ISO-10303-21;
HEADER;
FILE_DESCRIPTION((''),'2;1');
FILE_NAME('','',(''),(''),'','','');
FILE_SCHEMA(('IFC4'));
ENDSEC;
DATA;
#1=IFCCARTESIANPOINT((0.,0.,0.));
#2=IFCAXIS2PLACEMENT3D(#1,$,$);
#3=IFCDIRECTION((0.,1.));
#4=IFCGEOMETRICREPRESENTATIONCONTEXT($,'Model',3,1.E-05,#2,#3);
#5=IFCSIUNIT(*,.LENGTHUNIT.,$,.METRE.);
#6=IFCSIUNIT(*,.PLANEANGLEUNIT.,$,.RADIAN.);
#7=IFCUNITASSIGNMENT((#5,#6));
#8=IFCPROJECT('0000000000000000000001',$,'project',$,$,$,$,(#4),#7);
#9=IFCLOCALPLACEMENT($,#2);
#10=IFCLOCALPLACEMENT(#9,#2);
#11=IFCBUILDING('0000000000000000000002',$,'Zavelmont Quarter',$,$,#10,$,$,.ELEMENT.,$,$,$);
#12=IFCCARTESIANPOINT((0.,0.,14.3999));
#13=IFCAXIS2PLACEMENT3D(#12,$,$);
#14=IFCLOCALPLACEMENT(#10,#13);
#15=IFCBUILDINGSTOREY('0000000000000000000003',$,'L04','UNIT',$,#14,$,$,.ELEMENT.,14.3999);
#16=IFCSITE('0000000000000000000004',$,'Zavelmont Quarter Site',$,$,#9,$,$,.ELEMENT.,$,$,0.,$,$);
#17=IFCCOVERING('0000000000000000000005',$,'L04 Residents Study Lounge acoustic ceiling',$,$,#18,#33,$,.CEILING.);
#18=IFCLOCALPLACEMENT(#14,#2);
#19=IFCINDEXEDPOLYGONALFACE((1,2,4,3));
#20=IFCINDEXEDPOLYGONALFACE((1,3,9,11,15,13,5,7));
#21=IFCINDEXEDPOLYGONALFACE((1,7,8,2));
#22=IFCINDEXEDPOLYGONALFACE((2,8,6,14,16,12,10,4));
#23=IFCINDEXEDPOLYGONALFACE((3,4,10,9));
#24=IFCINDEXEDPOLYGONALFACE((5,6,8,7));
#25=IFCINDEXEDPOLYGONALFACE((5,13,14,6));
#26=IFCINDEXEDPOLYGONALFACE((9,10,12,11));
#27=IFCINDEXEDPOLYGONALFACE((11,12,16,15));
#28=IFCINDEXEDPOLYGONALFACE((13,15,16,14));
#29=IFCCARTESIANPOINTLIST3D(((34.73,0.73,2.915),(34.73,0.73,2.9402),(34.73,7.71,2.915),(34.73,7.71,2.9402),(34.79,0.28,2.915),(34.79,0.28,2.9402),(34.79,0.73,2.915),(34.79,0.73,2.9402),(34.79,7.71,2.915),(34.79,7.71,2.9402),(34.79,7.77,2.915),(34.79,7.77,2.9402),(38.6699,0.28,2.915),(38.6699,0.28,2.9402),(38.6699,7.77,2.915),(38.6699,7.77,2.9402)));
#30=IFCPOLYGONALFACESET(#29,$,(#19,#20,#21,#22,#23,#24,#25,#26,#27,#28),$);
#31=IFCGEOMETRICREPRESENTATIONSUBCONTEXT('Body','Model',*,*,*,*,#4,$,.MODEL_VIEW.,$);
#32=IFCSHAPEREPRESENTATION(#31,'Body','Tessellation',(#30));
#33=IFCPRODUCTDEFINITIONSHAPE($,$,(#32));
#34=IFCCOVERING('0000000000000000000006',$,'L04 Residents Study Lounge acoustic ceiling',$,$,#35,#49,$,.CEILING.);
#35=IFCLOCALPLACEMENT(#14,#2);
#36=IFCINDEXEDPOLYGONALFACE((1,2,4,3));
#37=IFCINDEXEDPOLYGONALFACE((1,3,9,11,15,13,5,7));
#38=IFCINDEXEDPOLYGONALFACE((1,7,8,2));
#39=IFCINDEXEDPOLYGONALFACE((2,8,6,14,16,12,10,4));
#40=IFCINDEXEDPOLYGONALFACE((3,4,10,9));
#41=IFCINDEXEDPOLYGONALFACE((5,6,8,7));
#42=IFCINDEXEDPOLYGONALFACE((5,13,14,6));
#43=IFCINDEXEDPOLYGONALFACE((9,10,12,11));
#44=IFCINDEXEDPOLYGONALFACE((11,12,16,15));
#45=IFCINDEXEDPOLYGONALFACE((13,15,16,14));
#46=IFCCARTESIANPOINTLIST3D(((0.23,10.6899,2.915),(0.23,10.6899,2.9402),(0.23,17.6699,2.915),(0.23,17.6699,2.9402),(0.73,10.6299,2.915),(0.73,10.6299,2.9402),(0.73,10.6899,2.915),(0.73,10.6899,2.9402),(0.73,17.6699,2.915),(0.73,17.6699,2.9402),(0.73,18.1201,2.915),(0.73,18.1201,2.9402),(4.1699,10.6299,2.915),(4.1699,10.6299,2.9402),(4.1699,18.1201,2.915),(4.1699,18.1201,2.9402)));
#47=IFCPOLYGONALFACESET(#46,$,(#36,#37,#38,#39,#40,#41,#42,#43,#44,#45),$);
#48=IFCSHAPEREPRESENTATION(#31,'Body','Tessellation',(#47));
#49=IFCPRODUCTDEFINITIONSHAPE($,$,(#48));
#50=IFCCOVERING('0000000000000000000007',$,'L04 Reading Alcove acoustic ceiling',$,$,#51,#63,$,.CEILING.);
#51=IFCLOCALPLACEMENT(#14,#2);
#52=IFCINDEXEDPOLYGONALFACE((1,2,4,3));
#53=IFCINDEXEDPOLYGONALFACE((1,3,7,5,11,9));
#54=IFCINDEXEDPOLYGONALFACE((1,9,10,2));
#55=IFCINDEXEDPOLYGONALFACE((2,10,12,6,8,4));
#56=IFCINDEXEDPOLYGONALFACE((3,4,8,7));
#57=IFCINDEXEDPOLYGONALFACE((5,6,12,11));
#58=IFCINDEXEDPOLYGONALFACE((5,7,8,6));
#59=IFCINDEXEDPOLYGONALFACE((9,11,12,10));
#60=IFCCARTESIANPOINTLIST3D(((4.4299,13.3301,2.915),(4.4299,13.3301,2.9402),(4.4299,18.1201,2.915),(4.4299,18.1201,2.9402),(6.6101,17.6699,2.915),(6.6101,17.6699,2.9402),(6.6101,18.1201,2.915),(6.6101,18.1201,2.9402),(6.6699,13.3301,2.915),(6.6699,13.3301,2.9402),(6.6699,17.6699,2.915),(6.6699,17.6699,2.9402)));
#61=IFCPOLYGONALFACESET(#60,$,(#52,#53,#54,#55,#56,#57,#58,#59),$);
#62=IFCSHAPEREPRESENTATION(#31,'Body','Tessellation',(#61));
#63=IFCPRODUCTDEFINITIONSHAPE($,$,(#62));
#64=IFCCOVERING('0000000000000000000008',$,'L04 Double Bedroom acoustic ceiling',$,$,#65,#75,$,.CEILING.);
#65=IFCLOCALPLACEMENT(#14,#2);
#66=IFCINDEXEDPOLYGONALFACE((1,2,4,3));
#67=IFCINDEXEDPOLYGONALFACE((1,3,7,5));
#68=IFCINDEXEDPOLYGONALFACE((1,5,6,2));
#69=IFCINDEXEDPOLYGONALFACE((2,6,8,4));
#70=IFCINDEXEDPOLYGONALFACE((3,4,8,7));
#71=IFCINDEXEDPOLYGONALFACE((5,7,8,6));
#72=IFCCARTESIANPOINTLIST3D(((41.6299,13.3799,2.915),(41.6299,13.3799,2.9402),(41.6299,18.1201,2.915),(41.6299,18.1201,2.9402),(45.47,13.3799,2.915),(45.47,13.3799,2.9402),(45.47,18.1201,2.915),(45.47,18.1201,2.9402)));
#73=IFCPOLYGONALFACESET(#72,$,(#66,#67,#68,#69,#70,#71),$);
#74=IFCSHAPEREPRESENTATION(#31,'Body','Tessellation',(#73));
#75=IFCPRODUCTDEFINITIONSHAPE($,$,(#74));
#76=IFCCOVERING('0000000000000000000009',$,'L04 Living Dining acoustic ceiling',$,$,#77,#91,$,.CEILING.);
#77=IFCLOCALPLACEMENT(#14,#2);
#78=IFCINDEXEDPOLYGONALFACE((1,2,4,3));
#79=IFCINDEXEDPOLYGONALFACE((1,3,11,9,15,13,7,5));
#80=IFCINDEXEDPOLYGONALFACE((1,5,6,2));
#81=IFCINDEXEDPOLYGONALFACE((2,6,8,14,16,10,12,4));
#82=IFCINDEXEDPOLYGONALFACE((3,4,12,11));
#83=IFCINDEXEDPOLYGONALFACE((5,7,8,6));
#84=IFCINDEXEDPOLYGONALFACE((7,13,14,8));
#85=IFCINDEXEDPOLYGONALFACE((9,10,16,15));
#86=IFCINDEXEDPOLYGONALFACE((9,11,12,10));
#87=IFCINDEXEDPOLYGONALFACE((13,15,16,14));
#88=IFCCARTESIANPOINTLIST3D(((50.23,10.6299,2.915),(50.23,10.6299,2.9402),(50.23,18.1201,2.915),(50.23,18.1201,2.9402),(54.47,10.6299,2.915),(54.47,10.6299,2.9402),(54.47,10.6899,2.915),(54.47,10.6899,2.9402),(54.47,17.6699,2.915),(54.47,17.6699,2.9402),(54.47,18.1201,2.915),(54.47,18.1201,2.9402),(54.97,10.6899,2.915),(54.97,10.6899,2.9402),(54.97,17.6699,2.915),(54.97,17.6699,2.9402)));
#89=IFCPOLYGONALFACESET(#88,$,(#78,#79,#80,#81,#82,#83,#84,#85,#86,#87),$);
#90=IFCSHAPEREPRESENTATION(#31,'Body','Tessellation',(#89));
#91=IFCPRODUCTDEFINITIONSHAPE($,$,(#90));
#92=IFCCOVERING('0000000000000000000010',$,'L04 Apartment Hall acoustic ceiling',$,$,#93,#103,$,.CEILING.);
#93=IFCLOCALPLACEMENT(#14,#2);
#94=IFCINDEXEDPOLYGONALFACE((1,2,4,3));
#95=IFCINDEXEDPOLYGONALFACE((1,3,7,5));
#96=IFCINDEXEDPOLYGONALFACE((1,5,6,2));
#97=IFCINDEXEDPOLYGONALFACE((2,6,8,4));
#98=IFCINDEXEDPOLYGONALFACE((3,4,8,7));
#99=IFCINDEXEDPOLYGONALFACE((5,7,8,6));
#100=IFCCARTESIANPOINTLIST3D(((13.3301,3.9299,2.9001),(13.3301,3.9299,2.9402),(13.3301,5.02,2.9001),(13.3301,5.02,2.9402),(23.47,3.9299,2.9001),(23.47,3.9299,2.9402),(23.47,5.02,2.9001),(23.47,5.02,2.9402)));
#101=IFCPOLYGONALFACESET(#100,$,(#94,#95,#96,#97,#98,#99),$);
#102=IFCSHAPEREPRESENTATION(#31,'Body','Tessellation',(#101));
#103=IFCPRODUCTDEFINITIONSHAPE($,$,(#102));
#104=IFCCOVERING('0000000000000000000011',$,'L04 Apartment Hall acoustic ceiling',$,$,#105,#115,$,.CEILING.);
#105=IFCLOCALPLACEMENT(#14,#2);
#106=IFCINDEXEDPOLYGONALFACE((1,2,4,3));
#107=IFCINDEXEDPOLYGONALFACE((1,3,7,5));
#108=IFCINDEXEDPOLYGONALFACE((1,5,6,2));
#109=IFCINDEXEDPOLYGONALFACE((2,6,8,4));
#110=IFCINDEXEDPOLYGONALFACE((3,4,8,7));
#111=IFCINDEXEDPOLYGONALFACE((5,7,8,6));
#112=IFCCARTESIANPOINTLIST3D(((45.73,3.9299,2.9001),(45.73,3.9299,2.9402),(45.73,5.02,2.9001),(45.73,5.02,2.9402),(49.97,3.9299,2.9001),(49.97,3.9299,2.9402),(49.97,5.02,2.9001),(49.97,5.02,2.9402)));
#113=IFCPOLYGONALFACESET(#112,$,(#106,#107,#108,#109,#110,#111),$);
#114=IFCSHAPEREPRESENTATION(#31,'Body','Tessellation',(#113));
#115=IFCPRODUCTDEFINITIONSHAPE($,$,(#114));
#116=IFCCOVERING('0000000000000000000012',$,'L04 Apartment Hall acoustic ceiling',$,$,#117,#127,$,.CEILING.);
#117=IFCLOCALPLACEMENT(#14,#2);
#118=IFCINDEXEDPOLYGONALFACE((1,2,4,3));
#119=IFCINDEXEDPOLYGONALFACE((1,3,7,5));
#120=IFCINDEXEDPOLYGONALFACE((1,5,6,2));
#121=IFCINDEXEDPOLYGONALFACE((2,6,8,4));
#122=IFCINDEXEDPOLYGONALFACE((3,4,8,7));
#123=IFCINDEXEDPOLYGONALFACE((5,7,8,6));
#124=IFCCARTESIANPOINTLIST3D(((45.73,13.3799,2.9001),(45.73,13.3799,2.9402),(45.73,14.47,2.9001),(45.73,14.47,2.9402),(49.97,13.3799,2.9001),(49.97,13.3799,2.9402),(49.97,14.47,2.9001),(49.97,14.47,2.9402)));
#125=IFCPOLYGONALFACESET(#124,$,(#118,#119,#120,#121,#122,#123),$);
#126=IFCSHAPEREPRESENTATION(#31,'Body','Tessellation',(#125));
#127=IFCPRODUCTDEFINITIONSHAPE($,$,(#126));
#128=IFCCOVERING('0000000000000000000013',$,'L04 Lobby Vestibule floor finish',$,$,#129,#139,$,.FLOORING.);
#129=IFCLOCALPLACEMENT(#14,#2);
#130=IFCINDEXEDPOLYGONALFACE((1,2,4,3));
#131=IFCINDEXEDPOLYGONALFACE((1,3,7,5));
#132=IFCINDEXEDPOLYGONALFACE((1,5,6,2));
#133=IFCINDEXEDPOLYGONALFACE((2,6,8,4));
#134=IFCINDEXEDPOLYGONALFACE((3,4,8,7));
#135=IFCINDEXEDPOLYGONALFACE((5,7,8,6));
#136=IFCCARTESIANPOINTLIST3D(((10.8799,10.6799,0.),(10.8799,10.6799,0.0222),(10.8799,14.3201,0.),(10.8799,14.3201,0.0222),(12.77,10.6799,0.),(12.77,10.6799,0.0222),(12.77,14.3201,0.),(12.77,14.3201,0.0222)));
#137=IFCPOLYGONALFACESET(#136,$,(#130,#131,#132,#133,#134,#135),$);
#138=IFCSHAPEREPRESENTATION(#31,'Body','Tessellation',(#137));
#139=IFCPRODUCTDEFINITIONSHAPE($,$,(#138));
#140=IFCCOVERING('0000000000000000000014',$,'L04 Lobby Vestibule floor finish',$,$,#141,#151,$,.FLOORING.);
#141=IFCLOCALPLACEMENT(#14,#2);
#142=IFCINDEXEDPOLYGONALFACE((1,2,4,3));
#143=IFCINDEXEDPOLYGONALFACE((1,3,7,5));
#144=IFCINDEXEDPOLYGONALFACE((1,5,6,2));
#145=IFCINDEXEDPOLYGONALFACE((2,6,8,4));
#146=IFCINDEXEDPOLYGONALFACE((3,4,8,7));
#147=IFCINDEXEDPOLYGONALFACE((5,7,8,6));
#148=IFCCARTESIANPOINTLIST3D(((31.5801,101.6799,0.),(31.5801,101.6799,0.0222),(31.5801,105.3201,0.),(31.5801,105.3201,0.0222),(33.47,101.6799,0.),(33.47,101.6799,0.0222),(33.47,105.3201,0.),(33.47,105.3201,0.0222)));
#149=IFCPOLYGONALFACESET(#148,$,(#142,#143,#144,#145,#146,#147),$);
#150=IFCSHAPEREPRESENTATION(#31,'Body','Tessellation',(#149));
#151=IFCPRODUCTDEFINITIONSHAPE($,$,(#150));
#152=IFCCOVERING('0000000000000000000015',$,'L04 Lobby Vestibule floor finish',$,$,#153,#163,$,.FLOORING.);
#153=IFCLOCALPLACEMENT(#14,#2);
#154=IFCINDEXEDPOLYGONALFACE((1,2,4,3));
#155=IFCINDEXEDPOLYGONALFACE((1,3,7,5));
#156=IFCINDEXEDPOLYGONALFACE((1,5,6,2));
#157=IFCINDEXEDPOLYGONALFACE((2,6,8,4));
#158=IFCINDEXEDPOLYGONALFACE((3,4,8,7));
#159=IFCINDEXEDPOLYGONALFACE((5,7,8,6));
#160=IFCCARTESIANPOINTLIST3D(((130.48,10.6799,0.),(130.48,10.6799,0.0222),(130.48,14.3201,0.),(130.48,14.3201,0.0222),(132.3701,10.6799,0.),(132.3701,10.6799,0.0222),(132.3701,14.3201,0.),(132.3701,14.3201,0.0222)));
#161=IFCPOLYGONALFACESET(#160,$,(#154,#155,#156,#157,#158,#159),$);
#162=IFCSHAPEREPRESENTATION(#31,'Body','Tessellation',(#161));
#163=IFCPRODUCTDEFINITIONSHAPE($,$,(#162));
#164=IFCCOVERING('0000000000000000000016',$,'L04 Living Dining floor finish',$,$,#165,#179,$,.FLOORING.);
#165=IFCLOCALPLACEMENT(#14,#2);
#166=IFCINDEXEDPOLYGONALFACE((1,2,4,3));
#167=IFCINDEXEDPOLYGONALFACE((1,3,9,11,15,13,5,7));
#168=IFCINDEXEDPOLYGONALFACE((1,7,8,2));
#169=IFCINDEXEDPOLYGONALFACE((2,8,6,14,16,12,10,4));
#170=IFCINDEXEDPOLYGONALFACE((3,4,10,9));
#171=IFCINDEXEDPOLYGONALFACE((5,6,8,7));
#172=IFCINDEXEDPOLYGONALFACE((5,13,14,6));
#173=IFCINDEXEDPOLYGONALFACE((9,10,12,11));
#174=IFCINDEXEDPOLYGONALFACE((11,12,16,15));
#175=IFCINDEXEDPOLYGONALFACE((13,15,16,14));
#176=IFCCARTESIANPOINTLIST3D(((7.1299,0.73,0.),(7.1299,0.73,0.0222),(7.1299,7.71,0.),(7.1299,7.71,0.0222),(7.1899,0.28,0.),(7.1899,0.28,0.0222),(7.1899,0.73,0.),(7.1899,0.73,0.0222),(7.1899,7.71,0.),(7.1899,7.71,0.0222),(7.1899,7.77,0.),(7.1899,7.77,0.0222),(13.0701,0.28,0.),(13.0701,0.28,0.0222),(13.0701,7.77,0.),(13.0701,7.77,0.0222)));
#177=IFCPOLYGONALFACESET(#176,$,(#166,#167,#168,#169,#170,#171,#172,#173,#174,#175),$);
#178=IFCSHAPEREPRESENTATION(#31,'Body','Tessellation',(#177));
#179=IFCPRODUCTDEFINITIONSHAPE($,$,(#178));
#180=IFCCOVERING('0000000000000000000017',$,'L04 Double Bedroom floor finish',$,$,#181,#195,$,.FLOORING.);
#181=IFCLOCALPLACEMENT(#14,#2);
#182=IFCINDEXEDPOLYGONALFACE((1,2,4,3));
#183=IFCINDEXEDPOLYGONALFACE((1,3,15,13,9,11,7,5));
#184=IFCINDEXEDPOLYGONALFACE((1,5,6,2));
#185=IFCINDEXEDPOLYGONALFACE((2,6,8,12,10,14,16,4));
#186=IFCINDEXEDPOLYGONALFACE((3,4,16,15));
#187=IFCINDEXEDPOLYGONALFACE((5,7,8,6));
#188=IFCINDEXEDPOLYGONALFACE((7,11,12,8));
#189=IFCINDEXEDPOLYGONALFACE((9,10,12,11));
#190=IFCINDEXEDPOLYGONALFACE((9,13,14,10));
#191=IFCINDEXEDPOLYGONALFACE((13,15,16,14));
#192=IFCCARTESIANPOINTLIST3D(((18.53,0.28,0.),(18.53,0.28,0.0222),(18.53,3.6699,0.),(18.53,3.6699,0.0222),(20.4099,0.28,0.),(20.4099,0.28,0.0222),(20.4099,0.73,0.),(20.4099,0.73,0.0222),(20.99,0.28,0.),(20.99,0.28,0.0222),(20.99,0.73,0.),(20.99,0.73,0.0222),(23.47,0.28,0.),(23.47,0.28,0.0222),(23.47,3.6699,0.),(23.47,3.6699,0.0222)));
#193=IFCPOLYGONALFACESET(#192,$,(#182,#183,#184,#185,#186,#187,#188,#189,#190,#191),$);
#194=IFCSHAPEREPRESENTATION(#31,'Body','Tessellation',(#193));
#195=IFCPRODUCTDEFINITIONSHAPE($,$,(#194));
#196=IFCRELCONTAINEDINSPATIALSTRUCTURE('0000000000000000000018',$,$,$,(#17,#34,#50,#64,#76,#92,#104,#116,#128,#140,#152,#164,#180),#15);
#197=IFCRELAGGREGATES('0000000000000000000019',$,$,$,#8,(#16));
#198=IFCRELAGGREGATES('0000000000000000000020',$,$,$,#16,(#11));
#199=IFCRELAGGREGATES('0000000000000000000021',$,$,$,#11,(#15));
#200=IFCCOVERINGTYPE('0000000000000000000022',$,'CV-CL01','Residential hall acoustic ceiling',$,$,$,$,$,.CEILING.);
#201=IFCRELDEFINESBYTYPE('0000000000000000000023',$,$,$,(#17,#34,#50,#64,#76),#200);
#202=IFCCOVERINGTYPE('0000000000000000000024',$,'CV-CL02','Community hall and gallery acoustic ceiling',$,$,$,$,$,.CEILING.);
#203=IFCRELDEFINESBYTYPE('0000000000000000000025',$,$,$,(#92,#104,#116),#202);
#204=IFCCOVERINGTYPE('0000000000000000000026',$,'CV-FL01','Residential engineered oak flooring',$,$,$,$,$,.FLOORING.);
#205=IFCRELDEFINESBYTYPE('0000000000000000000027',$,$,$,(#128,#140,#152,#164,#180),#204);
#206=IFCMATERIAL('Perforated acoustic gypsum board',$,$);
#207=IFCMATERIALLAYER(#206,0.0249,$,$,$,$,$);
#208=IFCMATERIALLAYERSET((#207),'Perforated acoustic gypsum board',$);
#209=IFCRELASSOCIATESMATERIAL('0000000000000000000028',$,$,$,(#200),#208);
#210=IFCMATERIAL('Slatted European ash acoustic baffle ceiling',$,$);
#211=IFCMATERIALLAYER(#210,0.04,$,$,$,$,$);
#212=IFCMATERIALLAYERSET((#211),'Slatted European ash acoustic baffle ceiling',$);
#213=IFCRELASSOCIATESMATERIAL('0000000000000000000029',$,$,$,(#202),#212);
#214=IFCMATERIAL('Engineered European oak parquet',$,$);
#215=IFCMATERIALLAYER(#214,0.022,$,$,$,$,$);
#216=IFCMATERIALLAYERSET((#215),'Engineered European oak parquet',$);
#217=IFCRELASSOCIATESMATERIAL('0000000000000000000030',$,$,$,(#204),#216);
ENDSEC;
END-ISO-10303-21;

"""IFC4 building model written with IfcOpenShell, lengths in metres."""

from ifc_helpers import new_model, si_unit, direction, frame, origin, place, context, subcontext, project, spatial, polyline, outline, extrude, material, layer, layer_set, type_object, element, save


model = new_model("IFC4")

# Units and contexts
model_context = context("Model", 3, precision=1e-05, world=origin(), true_north=direction((0.0, 1.0)))
body_context = subcontext(model_context, "Body", "Model", "MODEL_VIEW")
ifc_project = project(units=[si_unit("LENGTHUNIT", "METRE"), si_unit("PLANEANGLEUNIT", "RADIAN")], contexts=[model_context])

# Site, building, storey
site_placement = place(None, origin())
site = spatial("IfcSite", under=ifc_project, at=site_placement, Name="Zavelmont Quarter Site", CompositionType="ELEMENT", RefElevation=0.0)
building_placement = place(site_placement, origin())
building = spatial("IfcBuilding", under=site, at=building_placement, Name="Zavelmont Quarter", CompositionType="ELEMENT")
storey_placement = place(building_placement, frame((0.0, 0.0, 14.3999)))
storey = spatial("IfcBuildingStorey", under=building, at=storey_placement, Name="L04", Description="UNIT", CompositionType="ELEMENT", Elevation=14.3999)

# Coverings
ifc_material_1 = material(Name="Perforated acoustic gypsum board")
ifc_layer_1 = layer(ifc_material_1, 0.0249)
ifc_layer_set_1 = layer_set([ifc_layer_1], Name="Perforated acoustic gypsum board")
covering_type_1 = type_object("IfcCoveringType", Name="CV-CL01", Description="Residential hall acoustic ceiling", PredefinedType="CEILING", material=ifc_layer_set_1)
covering_1_placement = place(storey_placement, frame((0.0, 0.0, 2.915)))
element("IfcCovering", 1, at=covering_1_placement, inside=storey, type_object=covering_type_1, Name="L04 Residents Study Lounge acoustic ceiling", PredefinedType="CEILING", context=body_context, shape_type="SweptSolid", body=[
    extrude(outline(polyline([(34.73, 7.71), (34.79, 7.71), (34.79, 7.77), (38.6699, 7.77), (38.6699, 0.28), (34.79, 0.28), (34.79, 0.73), (34.73, 0.73), (34.73, 7.71)])), origin(), (0.0, 0.0, 1.0), 0.0251),
])
covering_2_placement = place(storey_placement, frame((0.0, 0.0, 2.915)))
element("IfcCovering", 2, at=covering_2_placement, inside=storey, type_object=covering_type_1, Name="L04 Residents Study Lounge acoustic ceiling", PredefinedType="CEILING", context=body_context, shape_type="SweptSolid", body=[
    extrude(outline(polyline([(0.23, 17.6699), (0.73, 17.6699), (0.73, 18.1201), (4.1699, 18.1201), (4.1699, 10.6299), (0.73, 10.6299), (0.73, 10.6899), (0.23, 10.6899), (0.23, 17.6699)])), origin(), (0.0, 0.0, 1.0), 0.0251),
])
covering_3_placement = place(storey_placement, frame((0.0, 0.0, 2.915)))
element("IfcCovering", 3, at=covering_3_placement, inside=storey, type_object=covering_type_1, Name="L04 Reading Alcove acoustic ceiling", PredefinedType="CEILING", context=body_context, shape_type="SweptSolid", body=[
    extrude(outline(polyline([(4.4299, 18.1201), (6.6101, 18.1201), (6.6101, 17.6699), (6.6699, 17.6699), (6.6699, 13.3301), (4.4299, 13.3301), (4.4299, 18.1201)])), origin(), (0.0, 0.0, 1.0), 0.0251),
])
covering_4_placement = place(storey_placement, frame((0.0, 0.0, 2.915)))
element("IfcCovering", 4, at=covering_4_placement, inside=storey, type_object=covering_type_1, Name="L04 Double Bedroom acoustic ceiling", PredefinedType="CEILING", context=body_context, shape_type="SweptSolid", body=[
    extrude(outline(polyline([(41.6299, 18.1201), (45.47, 18.1201), (45.47, 13.3799), (41.6299, 13.3799), (41.6299, 18.1201)])), origin(), (0.0, 0.0, 1.0), 0.0251),
])
covering_5_placement = place(storey_placement, frame((0.0, 0.0, 2.915)))
element("IfcCovering", 5, at=covering_5_placement, inside=storey, type_object=covering_type_1, Name="L04 Living Dining acoustic ceiling", PredefinedType="CEILING", context=body_context, shape_type="SweptSolid", body=[
    extrude(outline(polyline([(50.23, 18.1201), (54.47, 18.1201), (54.47, 17.6699), (54.97, 17.6699), (54.97, 10.6899), (54.47, 10.6899), (54.47, 10.6299), (50.23, 10.6299), (50.23, 18.1201)])), origin(), (0.0, 0.0, 1.0), 0.0251),
])
ifc_material_2 = material(Name="Slatted European ash acoustic baffle ceiling")
ifc_layer_2 = layer(ifc_material_2, 0.04)
ifc_layer_set_2 = layer_set([ifc_layer_2], Name="Slatted European ash acoustic baffle ceiling")
covering_type_2 = type_object("IfcCoveringType", Name="CV-CL02", Description="Community hall and gallery acoustic ceiling", PredefinedType="CEILING", material=ifc_layer_set_2)
covering_6_placement = place(storey_placement, frame((0.0, 0.0, 2.9001)))
element("IfcCovering", 6, at=covering_6_placement, inside=storey, type_object=covering_type_2, Name="L04 Apartment Hall acoustic ceiling", PredefinedType="CEILING", context=body_context, shape_type="SweptSolid", body=[
    extrude(outline(polyline([(13.3301, 5.02), (23.47, 5.02), (23.47, 3.9299), (13.3301, 3.9299), (13.3301, 5.02)])), origin(), (0.0, 0.0, 1.0), 0.04),
])
covering_7_placement = place(storey_placement, frame((0.0, 0.0, 2.9001)))
element("IfcCovering", 7, at=covering_7_placement, inside=storey, type_object=covering_type_2, Name="L04 Apartment Hall acoustic ceiling", PredefinedType="CEILING", context=body_context, shape_type="SweptSolid", body=[
    extrude(outline(polyline([(45.73, 5.02), (49.97, 5.02), (49.97, 3.9299), (45.73, 3.9299), (45.73, 5.02)])), origin(), (0.0, 0.0, 1.0), 0.04),
])
covering_8_placement = place(storey_placement, frame((0.0, 0.0, 2.9001)))
element("IfcCovering", 8, at=covering_8_placement, inside=storey, type_object=covering_type_2, Name="L04 Apartment Hall acoustic ceiling", PredefinedType="CEILING", context=body_context, shape_type="SweptSolid", body=[
    extrude(outline(polyline([(45.73, 14.47), (49.97, 14.47), (49.97, 13.3799), (45.73, 13.3799), (45.73, 14.47)])), origin(), (0.0, 0.0, 1.0), 0.04),
])
ifc_material_3 = material(Name="Engineered European oak parquet")
ifc_layer_3 = layer(ifc_material_3, 0.022)
ifc_layer_set_3 = layer_set([ifc_layer_3], Name="Engineered European oak parquet")
covering_type_3 = type_object("IfcCoveringType", Name="CV-FL01", Description="Residential engineered oak flooring", PredefinedType="FLOORING", material=ifc_layer_set_3)
covering_9_placement = place(storey_placement, origin())
element("IfcCovering", 9, at=covering_9_placement, inside=storey, type_object=covering_type_3, Name="L04 Lobby Vestibule floor finish", PredefinedType="FLOORING", context=body_context, shape_type="SweptSolid", body=[
    extrude(outline(polyline([(10.8799, 14.3201), (12.77, 14.3201), (12.77, 10.6799), (10.8799, 10.6799), (10.8799, 14.3201)])), origin(), (0.0, 0.0, 1.0), 0.0222),
])
covering_10_placement = place(storey_placement, origin())
element("IfcCovering", 10, at=covering_10_placement, inside=storey, type_object=covering_type_3, Name="L04 Lobby Vestibule floor finish", PredefinedType="FLOORING", context=body_context, shape_type="SweptSolid", body=[
    extrude(outline(polyline([(31.5801, 105.3201), (33.47, 105.3201), (33.47, 101.6799), (31.5801, 101.6799), (31.5801, 105.3201)])), origin(), (0.0, 0.0, 1.0), 0.0222),
])
covering_11_placement = place(storey_placement, origin())
element("IfcCovering", 11, at=covering_11_placement, inside=storey, type_object=covering_type_3, Name="L04 Lobby Vestibule floor finish", PredefinedType="FLOORING", context=body_context, shape_type="SweptSolid", body=[
    extrude(outline(polyline([(130.48, 14.3201), (132.3701, 14.3201), (132.3701, 10.6799), (130.48, 10.6799), (130.48, 14.3201)])), origin(), (0.0, 0.0, 1.0), 0.0222),
])
covering_12_placement = place(storey_placement, origin())
element("IfcCovering", 12, at=covering_12_placement, inside=storey, type_object=covering_type_3, Name="L04 Living Dining floor finish", PredefinedType="FLOORING", context=body_context, shape_type="SweptSolid", body=[
    extrude(outline(polyline([(7.1299, 7.71), (7.1899, 7.71), (7.1899, 7.77), (13.0701, 7.77), (13.0701, 0.28), (7.1899, 0.28), (7.1899, 0.73), (7.1299, 0.73), (7.1299, 7.71)])), origin(), (0.0, 0.0, 1.0), 0.0222),
])
covering_13_placement = place(storey_placement, origin())
element("IfcCovering", 13, at=covering_13_placement, inside=storey, type_object=covering_type_3, Name="L04 Double Bedroom floor finish", PredefinedType="FLOORING", context=body_context, shape_type="SweptSolid", body=[
    extrude(outline(polyline([(18.53, 3.6699), (23.47, 3.6699), (23.47, 0.28), (20.99, 0.28), (20.99, 0.73), (20.4099, 0.73), (20.4099, 0.28), (18.53, 0.28), (18.53, 3.6699)])), origin(), (0.0, 0.0, 1.0), 0.0222),
])

save(model, "model.ifc")
